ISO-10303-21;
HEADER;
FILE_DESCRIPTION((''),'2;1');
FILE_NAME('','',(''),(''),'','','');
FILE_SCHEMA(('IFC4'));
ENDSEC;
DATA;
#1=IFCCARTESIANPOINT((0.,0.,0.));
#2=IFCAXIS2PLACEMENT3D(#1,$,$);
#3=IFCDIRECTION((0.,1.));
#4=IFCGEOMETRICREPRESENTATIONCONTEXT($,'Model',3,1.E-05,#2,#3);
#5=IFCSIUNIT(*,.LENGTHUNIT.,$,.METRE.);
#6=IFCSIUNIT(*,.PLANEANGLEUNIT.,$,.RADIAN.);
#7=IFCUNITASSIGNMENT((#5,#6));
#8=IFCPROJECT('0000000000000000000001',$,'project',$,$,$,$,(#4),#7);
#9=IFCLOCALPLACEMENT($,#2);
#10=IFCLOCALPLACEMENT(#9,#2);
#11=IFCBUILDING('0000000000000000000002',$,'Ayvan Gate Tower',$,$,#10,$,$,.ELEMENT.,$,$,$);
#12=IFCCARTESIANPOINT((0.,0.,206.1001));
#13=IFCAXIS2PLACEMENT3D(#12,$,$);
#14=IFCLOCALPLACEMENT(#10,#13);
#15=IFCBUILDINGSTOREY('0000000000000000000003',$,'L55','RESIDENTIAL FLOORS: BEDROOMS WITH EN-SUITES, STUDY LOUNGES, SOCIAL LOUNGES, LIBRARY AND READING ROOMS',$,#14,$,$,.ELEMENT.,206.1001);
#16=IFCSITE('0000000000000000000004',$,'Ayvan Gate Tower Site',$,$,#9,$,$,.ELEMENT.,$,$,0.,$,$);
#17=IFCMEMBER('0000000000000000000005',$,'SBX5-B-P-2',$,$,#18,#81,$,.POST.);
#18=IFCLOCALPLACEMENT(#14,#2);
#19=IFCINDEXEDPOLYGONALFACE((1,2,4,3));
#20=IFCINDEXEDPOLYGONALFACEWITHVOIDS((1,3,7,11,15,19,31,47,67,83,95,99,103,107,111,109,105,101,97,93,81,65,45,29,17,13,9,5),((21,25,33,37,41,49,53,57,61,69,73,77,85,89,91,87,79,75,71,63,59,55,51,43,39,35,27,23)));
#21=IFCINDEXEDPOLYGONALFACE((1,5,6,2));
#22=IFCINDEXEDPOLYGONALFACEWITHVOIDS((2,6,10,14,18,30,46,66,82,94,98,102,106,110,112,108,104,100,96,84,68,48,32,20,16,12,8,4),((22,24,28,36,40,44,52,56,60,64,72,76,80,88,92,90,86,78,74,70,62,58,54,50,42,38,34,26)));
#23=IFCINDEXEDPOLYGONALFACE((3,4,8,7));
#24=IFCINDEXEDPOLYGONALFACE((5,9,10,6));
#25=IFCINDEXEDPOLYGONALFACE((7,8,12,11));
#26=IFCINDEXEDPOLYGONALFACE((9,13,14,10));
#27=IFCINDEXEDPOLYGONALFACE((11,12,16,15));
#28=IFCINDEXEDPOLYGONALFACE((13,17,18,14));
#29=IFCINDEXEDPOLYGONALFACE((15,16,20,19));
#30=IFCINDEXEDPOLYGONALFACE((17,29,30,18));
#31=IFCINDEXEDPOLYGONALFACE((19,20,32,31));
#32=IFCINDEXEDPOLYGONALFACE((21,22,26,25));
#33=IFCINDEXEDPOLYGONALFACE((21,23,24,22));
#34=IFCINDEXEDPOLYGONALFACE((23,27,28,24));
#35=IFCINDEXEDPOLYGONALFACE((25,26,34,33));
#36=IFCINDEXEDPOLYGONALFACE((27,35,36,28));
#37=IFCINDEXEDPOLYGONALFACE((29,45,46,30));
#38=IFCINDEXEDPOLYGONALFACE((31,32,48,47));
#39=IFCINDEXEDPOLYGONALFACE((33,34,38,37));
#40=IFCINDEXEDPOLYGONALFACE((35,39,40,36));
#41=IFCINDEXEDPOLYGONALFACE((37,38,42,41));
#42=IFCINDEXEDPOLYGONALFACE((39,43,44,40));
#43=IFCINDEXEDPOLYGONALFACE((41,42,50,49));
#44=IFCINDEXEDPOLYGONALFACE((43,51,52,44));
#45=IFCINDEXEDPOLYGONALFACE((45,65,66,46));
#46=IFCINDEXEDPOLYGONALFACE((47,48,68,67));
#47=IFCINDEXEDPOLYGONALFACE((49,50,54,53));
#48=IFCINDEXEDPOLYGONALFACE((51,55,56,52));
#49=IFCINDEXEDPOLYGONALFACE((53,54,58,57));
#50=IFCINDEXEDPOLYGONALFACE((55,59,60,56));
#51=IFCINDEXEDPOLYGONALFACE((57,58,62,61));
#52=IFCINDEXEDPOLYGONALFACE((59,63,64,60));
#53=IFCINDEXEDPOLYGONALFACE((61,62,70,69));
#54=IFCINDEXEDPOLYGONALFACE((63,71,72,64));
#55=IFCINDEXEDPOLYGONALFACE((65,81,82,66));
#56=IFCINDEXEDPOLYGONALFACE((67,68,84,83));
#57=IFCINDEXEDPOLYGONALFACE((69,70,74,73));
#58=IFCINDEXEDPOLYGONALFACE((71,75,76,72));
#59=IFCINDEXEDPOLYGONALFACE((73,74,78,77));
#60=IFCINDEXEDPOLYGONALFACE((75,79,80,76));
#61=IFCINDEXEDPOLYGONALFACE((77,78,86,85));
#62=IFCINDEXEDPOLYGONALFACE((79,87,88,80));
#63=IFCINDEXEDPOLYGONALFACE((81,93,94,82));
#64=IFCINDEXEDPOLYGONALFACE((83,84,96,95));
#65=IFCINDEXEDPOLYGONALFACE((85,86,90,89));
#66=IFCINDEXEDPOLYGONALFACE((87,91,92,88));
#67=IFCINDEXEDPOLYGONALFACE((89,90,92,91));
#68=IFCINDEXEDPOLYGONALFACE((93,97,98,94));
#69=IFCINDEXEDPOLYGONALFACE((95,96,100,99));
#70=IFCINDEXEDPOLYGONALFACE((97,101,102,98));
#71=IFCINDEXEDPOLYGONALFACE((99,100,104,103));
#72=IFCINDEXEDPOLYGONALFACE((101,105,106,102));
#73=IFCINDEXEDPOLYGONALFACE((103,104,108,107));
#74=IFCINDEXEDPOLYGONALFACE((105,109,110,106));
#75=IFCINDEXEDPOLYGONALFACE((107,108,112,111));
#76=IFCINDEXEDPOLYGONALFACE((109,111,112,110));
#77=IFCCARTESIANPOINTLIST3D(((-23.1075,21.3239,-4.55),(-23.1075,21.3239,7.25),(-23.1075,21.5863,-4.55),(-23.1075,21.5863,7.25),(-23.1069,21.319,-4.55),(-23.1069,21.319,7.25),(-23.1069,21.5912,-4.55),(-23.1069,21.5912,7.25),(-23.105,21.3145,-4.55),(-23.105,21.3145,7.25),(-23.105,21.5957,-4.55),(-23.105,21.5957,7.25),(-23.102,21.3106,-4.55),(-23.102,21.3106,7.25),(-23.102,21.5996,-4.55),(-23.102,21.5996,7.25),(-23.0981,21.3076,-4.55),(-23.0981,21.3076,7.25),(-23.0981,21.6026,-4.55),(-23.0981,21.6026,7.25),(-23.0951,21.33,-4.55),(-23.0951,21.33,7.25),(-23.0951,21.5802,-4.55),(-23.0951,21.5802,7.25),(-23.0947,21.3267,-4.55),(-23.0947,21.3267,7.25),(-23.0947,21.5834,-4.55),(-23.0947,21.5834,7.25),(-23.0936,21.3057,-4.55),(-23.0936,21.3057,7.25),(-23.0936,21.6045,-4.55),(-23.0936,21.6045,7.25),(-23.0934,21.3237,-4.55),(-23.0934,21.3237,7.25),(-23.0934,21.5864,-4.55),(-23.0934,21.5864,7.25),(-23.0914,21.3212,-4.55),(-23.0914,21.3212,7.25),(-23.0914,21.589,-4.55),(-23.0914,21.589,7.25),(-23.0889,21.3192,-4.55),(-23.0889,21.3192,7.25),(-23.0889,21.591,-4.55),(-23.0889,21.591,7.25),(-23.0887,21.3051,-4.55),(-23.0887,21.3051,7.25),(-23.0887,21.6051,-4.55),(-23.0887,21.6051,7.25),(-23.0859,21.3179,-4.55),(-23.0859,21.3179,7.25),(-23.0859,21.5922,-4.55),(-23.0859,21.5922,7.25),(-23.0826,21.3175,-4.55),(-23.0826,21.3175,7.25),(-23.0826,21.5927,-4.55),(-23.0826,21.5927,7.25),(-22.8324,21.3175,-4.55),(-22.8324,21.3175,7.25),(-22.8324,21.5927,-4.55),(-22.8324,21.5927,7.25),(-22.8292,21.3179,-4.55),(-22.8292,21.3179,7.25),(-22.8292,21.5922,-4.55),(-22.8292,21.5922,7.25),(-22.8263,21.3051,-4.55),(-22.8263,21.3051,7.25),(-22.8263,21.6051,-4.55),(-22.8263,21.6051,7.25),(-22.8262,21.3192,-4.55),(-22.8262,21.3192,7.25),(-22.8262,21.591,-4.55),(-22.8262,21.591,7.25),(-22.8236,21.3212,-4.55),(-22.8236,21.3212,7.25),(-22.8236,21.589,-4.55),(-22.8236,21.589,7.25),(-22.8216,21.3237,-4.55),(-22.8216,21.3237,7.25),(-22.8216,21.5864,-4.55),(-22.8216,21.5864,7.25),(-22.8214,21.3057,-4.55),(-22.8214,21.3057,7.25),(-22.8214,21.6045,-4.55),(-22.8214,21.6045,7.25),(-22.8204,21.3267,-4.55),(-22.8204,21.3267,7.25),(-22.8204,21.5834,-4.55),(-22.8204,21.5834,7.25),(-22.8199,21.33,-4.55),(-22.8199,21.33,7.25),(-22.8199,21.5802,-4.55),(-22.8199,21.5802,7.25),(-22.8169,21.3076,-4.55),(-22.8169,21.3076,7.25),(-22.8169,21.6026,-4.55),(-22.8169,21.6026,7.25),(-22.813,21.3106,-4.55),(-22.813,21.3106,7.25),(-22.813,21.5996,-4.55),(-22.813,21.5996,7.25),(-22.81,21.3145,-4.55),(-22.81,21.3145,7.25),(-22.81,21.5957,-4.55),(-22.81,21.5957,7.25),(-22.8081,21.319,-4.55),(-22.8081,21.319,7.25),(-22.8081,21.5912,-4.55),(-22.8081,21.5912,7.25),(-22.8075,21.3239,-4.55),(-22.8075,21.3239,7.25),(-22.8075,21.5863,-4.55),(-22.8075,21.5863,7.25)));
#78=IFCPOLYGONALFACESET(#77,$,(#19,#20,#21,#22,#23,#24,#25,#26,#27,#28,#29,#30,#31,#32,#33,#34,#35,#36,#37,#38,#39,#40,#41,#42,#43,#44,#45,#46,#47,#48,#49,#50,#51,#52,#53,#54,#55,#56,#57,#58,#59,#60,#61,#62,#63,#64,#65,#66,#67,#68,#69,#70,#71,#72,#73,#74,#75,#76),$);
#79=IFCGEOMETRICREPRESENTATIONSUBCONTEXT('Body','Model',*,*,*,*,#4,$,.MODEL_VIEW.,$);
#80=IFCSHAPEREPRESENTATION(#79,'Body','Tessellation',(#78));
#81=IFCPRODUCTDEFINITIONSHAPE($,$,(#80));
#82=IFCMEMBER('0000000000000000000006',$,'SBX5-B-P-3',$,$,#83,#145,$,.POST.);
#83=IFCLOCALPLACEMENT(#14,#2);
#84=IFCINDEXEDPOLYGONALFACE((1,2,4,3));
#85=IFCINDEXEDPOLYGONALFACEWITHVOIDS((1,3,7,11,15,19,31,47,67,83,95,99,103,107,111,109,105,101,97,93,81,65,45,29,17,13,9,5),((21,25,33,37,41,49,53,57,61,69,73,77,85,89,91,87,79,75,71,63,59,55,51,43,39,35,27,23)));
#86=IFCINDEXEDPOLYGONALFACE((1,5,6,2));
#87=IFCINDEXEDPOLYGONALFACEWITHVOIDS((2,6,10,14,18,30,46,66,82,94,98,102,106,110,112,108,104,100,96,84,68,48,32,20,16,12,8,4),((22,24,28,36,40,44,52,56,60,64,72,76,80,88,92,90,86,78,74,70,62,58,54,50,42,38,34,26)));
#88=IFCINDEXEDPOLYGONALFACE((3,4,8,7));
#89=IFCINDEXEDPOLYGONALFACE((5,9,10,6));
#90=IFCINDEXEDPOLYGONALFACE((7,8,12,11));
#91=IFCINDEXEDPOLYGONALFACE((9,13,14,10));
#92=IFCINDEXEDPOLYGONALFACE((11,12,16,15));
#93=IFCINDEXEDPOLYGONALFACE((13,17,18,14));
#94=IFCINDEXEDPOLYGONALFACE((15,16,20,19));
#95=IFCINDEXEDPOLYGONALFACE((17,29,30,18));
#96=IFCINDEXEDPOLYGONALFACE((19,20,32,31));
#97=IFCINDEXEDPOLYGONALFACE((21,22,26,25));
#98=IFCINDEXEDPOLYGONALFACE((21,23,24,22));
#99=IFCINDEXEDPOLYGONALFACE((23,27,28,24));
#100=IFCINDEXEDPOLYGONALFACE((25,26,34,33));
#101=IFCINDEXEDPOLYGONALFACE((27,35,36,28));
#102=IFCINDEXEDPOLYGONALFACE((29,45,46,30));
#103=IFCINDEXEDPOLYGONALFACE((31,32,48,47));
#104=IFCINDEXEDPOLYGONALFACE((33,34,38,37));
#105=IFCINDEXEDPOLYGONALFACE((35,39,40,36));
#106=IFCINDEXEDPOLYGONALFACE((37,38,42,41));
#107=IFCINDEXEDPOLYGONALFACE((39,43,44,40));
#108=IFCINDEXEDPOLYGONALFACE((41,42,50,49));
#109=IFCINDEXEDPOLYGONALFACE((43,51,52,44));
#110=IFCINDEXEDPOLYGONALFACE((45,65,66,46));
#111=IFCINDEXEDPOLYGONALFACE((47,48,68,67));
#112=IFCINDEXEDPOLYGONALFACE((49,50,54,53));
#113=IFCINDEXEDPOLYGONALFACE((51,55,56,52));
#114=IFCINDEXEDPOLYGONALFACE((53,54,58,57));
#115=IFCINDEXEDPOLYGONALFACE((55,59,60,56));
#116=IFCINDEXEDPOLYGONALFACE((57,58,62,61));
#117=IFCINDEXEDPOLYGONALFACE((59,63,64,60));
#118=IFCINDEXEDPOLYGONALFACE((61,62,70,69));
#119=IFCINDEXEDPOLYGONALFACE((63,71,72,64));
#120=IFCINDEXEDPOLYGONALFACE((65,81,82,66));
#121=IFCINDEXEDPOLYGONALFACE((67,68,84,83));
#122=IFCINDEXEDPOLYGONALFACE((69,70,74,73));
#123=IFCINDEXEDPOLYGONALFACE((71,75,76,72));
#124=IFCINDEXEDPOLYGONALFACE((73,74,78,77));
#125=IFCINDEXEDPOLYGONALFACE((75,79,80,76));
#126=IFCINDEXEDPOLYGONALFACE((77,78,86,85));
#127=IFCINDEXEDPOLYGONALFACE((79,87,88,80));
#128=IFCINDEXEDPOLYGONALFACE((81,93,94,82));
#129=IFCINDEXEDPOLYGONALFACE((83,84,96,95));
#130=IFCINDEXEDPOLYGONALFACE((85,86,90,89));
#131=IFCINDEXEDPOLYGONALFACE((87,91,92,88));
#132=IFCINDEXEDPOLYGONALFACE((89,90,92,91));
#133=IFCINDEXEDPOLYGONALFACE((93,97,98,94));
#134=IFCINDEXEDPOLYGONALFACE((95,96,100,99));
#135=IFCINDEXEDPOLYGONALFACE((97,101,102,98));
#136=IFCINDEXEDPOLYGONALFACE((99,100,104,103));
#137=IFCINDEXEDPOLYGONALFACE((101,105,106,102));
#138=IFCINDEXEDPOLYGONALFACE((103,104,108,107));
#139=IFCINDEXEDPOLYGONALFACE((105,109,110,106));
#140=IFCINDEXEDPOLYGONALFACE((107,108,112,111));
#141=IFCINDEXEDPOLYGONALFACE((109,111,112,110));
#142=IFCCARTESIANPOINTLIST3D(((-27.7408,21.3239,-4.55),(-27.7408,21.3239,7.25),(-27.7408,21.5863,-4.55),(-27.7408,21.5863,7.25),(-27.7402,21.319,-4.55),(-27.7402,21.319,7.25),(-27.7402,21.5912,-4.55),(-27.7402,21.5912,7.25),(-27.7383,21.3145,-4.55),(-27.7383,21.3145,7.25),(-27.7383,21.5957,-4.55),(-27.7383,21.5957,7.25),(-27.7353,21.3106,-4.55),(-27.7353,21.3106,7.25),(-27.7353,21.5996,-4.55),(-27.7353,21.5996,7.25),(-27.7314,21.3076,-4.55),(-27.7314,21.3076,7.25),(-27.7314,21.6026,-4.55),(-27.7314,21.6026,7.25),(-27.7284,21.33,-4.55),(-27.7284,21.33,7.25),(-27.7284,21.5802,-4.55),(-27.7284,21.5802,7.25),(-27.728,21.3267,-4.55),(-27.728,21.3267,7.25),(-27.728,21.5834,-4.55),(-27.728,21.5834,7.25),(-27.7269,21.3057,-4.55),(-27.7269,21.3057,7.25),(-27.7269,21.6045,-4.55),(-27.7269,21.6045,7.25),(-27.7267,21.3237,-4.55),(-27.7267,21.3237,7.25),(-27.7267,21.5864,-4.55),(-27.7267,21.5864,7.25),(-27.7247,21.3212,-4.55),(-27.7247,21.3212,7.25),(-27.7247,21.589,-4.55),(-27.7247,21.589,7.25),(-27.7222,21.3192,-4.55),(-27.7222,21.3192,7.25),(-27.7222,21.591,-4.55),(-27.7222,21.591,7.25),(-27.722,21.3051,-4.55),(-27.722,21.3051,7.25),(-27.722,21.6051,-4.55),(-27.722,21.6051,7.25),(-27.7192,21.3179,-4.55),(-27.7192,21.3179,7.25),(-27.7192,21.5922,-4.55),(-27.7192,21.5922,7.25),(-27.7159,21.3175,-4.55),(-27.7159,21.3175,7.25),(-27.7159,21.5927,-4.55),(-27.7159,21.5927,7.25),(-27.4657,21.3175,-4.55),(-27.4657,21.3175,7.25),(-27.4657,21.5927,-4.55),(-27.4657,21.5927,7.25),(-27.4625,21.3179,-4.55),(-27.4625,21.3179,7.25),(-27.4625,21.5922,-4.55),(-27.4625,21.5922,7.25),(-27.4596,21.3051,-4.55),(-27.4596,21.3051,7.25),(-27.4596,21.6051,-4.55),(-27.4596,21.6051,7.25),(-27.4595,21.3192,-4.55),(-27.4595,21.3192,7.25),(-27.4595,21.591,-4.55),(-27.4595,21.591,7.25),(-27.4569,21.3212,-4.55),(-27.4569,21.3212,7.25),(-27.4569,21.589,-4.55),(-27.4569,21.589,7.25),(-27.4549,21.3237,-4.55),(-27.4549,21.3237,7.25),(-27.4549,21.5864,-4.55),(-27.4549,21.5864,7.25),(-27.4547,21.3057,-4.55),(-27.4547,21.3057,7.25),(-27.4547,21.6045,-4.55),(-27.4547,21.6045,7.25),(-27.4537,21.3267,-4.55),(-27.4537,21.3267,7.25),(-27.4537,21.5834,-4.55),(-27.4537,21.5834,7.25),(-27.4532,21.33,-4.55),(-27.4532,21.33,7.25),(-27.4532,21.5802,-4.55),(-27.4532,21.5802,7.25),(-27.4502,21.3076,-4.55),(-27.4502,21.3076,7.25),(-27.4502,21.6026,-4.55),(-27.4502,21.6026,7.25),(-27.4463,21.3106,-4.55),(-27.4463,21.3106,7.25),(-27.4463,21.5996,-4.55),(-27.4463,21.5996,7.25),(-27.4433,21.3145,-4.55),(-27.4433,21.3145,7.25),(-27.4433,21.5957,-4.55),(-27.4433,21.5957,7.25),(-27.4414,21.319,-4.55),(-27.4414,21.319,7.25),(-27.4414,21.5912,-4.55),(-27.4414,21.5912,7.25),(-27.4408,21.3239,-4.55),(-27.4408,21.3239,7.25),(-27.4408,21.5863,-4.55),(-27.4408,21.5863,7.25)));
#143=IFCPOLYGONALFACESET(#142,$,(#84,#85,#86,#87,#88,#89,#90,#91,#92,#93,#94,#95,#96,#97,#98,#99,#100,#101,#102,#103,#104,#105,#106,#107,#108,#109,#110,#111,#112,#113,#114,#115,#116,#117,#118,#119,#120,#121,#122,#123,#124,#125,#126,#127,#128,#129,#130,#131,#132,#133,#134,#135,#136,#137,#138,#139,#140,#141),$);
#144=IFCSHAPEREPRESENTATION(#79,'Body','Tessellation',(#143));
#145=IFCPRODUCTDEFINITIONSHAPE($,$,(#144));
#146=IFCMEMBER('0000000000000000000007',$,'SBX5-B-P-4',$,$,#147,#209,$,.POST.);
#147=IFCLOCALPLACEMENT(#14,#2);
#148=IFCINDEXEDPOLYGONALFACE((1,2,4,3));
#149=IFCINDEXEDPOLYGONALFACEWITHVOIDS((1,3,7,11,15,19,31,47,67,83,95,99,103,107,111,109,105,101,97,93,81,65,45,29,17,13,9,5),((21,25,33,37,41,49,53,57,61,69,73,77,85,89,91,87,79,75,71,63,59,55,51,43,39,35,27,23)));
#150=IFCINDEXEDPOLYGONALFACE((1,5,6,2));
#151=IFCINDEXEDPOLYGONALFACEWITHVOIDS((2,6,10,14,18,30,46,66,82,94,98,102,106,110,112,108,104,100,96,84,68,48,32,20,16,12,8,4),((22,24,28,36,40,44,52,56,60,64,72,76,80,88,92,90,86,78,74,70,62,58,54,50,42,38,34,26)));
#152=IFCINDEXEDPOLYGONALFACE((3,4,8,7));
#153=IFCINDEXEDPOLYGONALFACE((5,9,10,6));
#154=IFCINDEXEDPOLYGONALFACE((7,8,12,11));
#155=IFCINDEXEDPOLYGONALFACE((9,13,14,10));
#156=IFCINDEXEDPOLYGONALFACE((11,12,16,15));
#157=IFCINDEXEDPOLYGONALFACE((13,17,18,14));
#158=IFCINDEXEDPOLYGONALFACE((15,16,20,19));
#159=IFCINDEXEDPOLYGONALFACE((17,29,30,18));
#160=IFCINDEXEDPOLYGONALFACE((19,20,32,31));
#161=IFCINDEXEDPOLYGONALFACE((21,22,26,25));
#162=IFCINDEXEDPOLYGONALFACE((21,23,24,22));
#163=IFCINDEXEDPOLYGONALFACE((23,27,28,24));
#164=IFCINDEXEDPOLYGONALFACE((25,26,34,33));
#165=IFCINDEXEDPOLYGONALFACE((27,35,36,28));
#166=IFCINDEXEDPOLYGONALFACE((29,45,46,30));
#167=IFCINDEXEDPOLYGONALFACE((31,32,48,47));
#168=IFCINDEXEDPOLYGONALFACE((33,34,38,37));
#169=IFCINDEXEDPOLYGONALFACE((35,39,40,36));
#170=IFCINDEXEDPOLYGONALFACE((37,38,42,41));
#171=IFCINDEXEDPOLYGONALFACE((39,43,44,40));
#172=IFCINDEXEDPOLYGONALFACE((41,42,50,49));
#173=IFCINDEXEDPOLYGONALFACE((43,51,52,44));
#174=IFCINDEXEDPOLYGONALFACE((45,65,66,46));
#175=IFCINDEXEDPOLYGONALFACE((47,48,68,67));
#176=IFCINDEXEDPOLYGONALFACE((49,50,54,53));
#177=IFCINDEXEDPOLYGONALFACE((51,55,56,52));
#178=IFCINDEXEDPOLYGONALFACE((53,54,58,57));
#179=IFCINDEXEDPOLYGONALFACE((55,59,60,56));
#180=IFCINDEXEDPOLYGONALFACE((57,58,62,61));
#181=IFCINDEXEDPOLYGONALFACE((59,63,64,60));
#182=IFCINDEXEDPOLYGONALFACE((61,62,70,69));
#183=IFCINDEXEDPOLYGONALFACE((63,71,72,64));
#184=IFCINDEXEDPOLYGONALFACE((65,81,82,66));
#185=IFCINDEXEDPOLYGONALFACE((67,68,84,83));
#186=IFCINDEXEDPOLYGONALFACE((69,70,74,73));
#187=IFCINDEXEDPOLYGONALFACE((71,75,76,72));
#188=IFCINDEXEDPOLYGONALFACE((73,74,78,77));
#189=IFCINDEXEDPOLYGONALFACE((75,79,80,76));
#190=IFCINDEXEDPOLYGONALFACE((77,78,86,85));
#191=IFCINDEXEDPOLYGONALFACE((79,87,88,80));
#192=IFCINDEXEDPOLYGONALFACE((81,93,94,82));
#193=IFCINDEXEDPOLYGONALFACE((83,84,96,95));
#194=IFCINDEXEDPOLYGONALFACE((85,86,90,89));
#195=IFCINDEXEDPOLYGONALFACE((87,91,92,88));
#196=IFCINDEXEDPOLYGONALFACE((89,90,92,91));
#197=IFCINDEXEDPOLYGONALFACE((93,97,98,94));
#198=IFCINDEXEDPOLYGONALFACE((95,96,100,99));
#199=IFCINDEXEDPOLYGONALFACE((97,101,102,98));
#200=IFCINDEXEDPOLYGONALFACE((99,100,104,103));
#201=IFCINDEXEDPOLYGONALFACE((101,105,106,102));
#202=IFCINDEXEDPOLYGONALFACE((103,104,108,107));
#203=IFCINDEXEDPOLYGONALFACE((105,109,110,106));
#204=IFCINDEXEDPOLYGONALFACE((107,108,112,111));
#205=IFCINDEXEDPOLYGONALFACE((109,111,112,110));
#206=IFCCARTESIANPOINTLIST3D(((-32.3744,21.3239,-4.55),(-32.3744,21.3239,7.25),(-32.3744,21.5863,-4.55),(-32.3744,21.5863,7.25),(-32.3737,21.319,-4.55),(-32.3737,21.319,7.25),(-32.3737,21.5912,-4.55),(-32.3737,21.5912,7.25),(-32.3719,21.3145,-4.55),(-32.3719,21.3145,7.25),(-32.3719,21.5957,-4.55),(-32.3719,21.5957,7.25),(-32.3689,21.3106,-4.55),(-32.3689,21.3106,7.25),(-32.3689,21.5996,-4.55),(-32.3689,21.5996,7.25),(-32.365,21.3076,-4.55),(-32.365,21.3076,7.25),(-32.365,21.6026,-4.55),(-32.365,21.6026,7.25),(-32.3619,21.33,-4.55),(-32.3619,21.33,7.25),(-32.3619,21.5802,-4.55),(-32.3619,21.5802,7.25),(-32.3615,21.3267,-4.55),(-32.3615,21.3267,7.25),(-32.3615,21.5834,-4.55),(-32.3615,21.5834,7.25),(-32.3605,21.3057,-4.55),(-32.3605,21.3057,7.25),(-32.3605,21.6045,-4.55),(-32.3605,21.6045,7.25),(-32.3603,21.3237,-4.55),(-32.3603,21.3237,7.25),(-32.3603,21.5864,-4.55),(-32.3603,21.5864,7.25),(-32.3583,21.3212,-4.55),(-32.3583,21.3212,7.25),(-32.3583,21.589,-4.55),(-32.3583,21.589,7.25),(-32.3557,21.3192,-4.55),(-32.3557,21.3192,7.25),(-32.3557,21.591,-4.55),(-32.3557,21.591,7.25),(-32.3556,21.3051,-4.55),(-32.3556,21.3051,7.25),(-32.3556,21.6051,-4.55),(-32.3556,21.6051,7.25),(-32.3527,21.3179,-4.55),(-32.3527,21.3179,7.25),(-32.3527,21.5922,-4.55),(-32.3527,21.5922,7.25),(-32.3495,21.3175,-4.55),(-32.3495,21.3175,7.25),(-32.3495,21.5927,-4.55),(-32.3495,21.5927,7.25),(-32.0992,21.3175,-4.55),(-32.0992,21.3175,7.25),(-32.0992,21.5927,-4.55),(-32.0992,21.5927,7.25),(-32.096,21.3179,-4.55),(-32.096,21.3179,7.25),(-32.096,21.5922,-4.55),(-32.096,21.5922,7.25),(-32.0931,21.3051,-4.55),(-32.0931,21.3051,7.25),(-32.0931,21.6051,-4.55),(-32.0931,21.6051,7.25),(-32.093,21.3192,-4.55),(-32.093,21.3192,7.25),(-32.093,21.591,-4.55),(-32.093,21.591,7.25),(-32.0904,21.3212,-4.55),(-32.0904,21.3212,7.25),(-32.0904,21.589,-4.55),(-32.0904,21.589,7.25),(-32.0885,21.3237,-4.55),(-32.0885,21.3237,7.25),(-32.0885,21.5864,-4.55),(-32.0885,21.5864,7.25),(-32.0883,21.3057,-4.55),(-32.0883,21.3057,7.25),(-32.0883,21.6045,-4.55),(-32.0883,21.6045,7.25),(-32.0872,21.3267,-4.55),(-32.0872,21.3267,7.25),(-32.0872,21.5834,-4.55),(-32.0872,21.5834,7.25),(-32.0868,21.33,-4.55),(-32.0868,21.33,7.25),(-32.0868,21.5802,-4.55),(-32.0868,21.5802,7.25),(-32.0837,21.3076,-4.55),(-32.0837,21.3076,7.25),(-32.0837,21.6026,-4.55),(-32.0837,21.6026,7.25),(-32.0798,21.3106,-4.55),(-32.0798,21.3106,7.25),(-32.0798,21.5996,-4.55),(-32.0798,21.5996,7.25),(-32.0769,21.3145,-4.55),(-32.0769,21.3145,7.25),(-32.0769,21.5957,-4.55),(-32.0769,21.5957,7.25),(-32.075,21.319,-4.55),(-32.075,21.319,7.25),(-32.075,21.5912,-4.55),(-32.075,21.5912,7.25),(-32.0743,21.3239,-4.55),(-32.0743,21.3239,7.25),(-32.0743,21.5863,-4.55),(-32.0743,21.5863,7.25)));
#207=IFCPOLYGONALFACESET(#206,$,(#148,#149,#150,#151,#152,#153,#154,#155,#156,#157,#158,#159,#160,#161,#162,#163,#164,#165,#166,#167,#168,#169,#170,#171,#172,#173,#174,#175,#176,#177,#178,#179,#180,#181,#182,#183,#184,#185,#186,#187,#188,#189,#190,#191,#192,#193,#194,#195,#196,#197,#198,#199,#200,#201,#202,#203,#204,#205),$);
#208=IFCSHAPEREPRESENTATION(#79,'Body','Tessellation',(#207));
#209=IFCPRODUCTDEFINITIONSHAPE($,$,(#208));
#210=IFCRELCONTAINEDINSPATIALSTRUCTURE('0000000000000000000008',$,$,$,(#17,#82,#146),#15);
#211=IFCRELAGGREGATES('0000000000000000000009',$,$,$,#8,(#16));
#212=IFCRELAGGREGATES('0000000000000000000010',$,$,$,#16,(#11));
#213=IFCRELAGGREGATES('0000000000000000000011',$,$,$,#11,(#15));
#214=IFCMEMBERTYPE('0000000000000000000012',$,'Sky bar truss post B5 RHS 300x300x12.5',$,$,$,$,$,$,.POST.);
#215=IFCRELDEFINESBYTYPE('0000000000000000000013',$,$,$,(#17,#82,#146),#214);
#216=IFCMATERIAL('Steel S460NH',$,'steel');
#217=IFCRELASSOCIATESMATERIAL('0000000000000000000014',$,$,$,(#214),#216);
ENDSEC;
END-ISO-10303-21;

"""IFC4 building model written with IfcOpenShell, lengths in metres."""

from ifc_helpers import new_model, si_unit, direction, frame, origin, origin_2d, place, context, subcontext, project, spatial, hollow_rectangle, extrude, material, material_profile, profile_set, type_object, element, save


model = new_model("IFC4")

# Units and contexts
model_context = context("Model", 3, precision=1e-05, world=origin(), true_north=direction((0.0, 1.0)))
body_context = subcontext(model_context, "Body", "Model", "MODEL_VIEW")
ifc_project = project(units=[si_unit("LENGTHUNIT", "METRE"), si_unit("PLANEANGLEUNIT", "RADIAN")], contexts=[model_context])

# Site, building, storey
site_placement = place(None, origin())
site = spatial("IfcSite", under=ifc_project, at=site_placement, Name="Ayvan Gate Tower Site", CompositionType="ELEMENT", RefElevation=0.0)
building_placement = place(site_placement, origin())
building = spatial("IfcBuilding", under=site, at=building_placement, Name="Ayvan Gate Tower", CompositionType="ELEMENT")
storey_placement = place(building_placement, frame((0.0, 0.0, 206.1001)))
storey = spatial("IfcBuildingStorey", under=building, at=storey_placement, Name="L55", Description="RESIDENTIAL FLOORS: BEDROOMS WITH EN-SUITES, STUDY LOUNGES, SOCIAL LOUNGES, LIBRARY AND READING ROOMS", CompositionType="ELEMENT", Elevation=206.1001)

# Members
ifc_material_1 = material(Name="Steel S460NH", Category="steel")
ifc_material_profile_1 = material_profile(ifc_material_1, hollow_rectangle(XDim=0.3, YDim=0.3, WallThickness=0.0125, InnerFilletRadius=0.0125, OuterFilletRadius=0.0188, at=origin_2d()), Name="RHS 300x300x12.5")
ifc_profile_set_1 = profile_set([ifc_material_profile_1], Name="Steel S460NH")
member_type_1 = type_object("IfcMemberType", Name="Sky bar truss post B5 RHS 300x300x12.5", PredefinedType="POST", material=ifc_profile_set_1)
for number, where, z_axis, x_axis, name in (
    (1, (-22.9575, 21.4551, -4.55), (0.0, 0.0, 1.0), (1.0, 0.0, 0.0), "SBX5-B-P-2"),
    (2, (-27.5908, 21.4551, -4.55), (0.0, 0.0, 1.0), (1.0, 0.0, 0.0), "SBX5-B-P-3"),
    (3, (-32.2244, 21.4551, -4.55), (0.0, 0.0, 1.0), (1.0, 0.0, 0.0), "SBX5-B-P-4"),
):
    element("IfcMember", number, at=place(storey_placement, frame(where, z_axis=z_axis, x_axis=x_axis)), inside=storey, type_object=member_type_1, Name=name, PredefinedType="POST", context=body_context, shape_type="SweptSolid", body=[
        extrude(hollow_rectangle(XDim=0.3, YDim=0.3, WallThickness=0.0125, InnerFilletRadius=0.0125, OuterFilletRadius=0.0188, at=origin_2d()), origin(), (0.0, 0.0, 1.0), 11.8),
    ])

save(model, "model.ifc")
